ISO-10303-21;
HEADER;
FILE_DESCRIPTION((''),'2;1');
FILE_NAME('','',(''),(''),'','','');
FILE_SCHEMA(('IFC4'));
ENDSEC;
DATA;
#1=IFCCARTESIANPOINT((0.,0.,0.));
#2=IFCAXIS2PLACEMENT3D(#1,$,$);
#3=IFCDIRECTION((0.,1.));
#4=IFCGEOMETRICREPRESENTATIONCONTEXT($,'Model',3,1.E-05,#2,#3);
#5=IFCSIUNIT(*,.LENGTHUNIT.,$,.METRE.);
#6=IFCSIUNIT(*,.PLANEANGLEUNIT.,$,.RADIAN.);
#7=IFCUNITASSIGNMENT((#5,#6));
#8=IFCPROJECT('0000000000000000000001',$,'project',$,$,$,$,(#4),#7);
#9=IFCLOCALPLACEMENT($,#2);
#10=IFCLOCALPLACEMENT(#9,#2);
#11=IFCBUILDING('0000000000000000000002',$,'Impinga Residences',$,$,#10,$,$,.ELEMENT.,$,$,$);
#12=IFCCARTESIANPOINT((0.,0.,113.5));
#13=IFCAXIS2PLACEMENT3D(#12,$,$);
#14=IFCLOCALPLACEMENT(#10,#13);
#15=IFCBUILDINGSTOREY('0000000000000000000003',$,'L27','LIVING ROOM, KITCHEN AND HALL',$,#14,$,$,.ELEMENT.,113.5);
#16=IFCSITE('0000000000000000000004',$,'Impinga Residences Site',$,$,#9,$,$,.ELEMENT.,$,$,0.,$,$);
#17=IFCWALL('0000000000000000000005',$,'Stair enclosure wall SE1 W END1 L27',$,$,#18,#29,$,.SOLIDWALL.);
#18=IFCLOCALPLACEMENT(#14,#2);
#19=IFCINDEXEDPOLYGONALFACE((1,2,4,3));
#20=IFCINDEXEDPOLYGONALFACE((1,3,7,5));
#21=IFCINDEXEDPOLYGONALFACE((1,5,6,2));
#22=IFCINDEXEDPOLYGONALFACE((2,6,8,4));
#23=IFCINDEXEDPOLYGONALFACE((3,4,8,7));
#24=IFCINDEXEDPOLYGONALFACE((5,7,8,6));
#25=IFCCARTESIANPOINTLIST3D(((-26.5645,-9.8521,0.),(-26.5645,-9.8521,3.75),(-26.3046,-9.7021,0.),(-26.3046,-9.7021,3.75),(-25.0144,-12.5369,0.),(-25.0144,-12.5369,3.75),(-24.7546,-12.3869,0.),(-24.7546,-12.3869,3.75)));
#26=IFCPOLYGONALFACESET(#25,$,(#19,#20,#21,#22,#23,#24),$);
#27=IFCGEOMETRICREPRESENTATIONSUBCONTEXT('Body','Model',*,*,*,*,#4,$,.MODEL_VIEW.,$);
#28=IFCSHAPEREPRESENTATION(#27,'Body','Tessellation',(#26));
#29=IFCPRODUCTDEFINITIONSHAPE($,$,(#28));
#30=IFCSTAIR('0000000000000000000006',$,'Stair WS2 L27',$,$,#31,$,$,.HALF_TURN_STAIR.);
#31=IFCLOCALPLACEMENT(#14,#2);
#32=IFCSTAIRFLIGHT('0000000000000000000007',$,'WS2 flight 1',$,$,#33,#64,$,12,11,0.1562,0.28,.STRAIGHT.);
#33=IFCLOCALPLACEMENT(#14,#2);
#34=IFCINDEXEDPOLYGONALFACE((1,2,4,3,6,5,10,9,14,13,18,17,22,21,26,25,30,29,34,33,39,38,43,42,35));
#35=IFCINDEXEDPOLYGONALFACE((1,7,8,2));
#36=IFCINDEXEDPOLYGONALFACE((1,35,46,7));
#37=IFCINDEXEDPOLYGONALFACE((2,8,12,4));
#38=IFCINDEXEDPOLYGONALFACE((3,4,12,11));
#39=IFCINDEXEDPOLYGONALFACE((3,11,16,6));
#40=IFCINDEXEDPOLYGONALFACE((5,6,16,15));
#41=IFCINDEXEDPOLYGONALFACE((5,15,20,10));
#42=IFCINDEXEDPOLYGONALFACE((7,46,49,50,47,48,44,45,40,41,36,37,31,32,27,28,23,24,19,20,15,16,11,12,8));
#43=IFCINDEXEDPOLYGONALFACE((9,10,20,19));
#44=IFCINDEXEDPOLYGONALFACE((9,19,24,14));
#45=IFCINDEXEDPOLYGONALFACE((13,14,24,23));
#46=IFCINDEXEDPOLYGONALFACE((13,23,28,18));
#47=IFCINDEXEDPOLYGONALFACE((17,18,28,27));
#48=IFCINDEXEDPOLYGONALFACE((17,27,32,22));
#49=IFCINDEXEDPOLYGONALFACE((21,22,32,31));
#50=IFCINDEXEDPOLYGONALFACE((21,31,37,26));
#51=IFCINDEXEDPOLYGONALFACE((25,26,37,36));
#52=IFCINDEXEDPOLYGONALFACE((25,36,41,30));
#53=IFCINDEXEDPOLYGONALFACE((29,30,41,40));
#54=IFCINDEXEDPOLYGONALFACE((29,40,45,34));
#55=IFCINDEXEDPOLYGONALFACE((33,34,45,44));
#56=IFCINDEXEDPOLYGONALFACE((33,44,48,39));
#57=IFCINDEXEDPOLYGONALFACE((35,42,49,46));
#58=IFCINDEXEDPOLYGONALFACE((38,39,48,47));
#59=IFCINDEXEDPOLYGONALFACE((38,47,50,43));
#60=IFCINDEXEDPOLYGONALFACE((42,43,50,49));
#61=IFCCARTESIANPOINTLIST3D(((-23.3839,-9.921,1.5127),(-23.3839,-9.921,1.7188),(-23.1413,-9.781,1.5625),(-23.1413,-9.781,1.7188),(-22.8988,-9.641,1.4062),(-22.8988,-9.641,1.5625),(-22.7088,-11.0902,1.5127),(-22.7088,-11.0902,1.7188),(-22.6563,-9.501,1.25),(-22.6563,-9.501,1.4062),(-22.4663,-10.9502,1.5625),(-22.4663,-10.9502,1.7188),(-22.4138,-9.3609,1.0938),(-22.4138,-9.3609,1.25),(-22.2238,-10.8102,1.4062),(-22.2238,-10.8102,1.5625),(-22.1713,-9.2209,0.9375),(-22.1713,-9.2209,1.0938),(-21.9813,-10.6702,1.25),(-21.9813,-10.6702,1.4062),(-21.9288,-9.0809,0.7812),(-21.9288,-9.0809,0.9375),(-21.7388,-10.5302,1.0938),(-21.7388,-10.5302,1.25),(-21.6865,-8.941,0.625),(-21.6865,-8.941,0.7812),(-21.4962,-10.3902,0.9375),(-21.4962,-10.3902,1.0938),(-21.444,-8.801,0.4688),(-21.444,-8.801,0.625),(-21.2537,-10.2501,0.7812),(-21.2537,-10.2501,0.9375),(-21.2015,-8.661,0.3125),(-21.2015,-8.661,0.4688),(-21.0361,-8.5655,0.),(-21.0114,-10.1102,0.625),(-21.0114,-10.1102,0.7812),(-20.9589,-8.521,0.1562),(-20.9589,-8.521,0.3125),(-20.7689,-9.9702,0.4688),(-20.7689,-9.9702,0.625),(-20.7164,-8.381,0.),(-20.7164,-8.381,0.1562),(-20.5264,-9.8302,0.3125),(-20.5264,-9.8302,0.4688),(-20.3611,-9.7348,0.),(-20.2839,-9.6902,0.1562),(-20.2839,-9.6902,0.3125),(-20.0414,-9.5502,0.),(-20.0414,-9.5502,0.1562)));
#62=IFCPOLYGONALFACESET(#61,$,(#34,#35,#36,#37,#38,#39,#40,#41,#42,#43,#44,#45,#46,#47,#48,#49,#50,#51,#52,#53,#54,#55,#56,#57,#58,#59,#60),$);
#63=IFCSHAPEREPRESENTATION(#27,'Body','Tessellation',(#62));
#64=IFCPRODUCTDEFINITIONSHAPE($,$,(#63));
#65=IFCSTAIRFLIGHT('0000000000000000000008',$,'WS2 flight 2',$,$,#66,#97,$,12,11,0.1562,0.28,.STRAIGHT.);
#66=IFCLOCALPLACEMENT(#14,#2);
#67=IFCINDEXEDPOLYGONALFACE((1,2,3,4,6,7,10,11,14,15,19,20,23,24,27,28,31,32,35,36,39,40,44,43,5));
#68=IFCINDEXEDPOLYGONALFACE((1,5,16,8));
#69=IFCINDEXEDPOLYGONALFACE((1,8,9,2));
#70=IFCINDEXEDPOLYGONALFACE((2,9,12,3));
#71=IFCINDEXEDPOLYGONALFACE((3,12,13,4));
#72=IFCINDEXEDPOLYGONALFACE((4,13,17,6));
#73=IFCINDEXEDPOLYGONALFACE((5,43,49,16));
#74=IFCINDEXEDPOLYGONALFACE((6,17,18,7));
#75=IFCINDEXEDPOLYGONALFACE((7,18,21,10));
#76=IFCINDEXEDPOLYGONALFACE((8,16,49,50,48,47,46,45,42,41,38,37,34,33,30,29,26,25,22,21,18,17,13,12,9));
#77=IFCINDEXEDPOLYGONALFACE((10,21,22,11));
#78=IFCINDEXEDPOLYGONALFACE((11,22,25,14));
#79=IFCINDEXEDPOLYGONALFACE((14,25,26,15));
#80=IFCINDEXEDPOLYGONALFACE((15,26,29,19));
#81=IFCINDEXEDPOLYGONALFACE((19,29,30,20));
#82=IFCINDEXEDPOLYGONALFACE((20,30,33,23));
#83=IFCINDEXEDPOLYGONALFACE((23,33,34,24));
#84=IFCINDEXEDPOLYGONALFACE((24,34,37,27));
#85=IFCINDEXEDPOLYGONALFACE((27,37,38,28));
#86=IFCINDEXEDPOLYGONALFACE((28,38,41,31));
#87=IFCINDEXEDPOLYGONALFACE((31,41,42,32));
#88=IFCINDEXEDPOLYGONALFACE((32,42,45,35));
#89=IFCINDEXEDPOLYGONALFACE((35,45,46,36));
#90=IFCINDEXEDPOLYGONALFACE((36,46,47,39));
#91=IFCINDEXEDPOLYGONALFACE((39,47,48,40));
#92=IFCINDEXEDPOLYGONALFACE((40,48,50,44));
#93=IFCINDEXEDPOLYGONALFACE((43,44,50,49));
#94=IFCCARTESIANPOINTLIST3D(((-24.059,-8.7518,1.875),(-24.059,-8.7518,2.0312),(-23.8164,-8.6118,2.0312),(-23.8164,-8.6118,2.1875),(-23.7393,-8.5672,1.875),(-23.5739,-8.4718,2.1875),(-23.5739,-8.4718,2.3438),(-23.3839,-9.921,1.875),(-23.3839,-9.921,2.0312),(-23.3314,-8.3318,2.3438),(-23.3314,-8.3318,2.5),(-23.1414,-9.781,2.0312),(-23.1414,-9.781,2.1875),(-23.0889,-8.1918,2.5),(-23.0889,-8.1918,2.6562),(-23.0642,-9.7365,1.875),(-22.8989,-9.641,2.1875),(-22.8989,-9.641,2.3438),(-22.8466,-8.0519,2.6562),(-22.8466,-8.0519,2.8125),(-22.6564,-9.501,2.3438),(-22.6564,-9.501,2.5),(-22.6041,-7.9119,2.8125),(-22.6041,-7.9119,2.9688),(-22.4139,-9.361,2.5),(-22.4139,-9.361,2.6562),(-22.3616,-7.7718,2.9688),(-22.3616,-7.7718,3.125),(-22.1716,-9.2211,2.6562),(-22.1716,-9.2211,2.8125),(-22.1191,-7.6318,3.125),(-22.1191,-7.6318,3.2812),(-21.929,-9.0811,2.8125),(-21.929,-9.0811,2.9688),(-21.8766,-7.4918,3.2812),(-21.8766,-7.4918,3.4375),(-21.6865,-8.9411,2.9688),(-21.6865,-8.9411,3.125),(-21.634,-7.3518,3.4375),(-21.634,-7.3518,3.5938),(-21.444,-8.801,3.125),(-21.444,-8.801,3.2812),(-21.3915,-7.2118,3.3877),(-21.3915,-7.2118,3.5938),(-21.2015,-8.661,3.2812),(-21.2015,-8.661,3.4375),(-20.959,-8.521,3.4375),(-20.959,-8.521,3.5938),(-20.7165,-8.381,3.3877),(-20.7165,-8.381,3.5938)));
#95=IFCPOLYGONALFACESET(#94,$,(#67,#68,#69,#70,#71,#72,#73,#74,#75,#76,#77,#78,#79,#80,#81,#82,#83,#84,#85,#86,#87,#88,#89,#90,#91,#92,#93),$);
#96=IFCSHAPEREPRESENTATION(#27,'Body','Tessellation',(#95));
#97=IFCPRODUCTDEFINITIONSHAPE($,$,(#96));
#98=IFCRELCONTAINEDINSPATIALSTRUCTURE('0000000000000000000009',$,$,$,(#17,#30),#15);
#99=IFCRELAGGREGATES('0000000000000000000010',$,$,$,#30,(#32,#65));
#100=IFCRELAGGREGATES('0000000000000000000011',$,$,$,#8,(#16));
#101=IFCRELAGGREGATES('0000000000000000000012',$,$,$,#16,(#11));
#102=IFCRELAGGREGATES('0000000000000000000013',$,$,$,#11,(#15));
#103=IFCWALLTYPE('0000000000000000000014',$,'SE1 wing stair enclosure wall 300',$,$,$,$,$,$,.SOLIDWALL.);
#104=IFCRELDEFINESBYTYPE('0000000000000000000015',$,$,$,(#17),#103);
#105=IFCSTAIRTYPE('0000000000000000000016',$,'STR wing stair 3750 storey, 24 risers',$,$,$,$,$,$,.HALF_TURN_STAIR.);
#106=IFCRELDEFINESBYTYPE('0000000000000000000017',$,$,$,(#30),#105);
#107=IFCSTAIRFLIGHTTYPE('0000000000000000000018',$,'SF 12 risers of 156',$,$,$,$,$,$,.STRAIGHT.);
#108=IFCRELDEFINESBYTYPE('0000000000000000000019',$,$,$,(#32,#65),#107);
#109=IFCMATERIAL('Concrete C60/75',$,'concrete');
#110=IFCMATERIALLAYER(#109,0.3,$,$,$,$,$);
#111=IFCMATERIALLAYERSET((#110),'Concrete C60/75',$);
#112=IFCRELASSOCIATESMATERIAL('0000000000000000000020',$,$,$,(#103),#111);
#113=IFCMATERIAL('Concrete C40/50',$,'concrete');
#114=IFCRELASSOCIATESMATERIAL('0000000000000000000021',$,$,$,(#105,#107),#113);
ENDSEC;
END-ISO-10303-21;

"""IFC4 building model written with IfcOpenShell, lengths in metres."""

from ifc_helpers import new_model, si_unit, direction, frame, frame_2d, origin, place, context, subcontext, project, spatial, polyline, rectangle, outline, extrude, material, layer, layer_set, type_object, element, aggregate, save


model = new_model("IFC4")

# Units and contexts
model_context = context("Model", 3, precision=1e-05, world=origin(), true_north=direction((0.0, 1.0)))
body_context = subcontext(model_context, "Body", "Model", "MODEL_VIEW")
ifc_project = project(units=[si_unit("LENGTHUNIT", "METRE"), si_unit("PLANEANGLEUNIT", "RADIAN")], contexts=[model_context])

# Site, building, storey
site_placement = place(None, origin())
site = spatial("IfcSite", under=ifc_project, at=site_placement, Name="Impinga Residences Site", CompositionType="ELEMENT", RefElevation=0.0)
building_placement = place(site_placement, origin())
building = spatial("IfcBuilding", under=site, at=building_placement, Name="Impinga Residences", CompositionType="ELEMENT")
storey_placement = place(building_placement, frame((0.0, 0.0, 113.5)))
storey = spatial("IfcBuildingStorey", under=building, at=storey_placement, Name="L27", Description="LIVING ROOM, KITCHEN AND HALL", CompositionType="ELEMENT", Elevation=113.5)

# Shared definitions
ifc_material_1 = material(Name="Concrete C60/75", Category="concrete")

# Wall
ifc_layer_1 = layer(ifc_material_1, 0.3)
ifc_layer_set_1 = layer_set([ifc_layer_1], Name="Concrete C60/75")
wall_type_1 = type_object("IfcWallType", Name="SE1 wing stair enclosure wall 300", PredefinedType="SOLIDWALL", material=ifc_layer_set_1)
wall_1_placement = place(storey_placement, frame((-24.8845, -12.4619, 0.0), z_axis=(0.0, 0.0, 1.0), x_axis=(-0.499993, 0.86603, 0.0)))
element("IfcWall", 1, at=wall_1_placement, inside=storey, type_object=wall_type_1, Name="Stair enclosure wall SE1 W END1 L27", PredefinedType="SOLIDWALL", context=body_context, shape_type="SweptSolid", body=[
    extrude(rectangle(XDim=3.1001, YDim=0.3, at=frame_2d((1.55, 0.0))), origin(), (0.0, 0.0, 1.0), 3.75),
])

# Stair, stair flights
ifc_material_2 = material(Name="Concrete C40/50", Category="concrete")
stair_type = type_object("IfcStairType", Name="STR wing stair 3750 storey, 24 risers", PredefinedType="HALF_TURN_STAIR", material=ifc_material_2)
stair_placement = place(storey_placement, origin())
stair = element("IfcStair", 2, at=stair_placement, inside=storey, type_object=stair_type, Name="Stair WS2 L27", PredefinedType="HALF_TURN_STAIR")
stair_flight_type = type_object("IfcStairFlightType", Name="SF 12 risers of 156", PredefinedType="STRAIGHT", material=ifc_material_2)
stair_flight_1_placement = place(storey_placement, frame((-20.3789, -8.9656, 0.0), z_axis=(0.0, 0.0, 1.0), x_axis=(-0.866025, -0.5, 0.0)))
stair_flight_1 = element("IfcStairFlight", 3, at=stair_flight_1_placement, type_object=stair_flight_type, Name="WS2 flight 1", NumberOfRisers=12, NumberOfTreads=11, PredefinedType="STRAIGHT", RiserHeight=0.1562, TreadLength=0.28, context=body_context, shape_type="SweptSolid", body=[
    extrude(outline(polyline([(0.0, 0.0), (0.0, 0.1562), (0.28, 0.1562), (0.28, 0.3125), (0.5601, 0.3125), (0.5601, 0.4688), (0.8401, 0.4688), (0.8401, 0.625), (1.1201, 0.625), (1.1201, 0.7812), (1.3999, 0.7812), (1.3999, 0.9375), (1.6799, 0.9375), (1.6799, 1.0938), (1.96, 1.0938), (1.96, 1.25), (2.24, 1.25), (2.24, 1.4062), (2.52, 1.4062), (2.52, 1.5625), (2.8, 1.5625), (2.8, 1.7188), (3.0801, 1.7188), (3.0801, 1.875), (3.0801, 1.5127), (0.3691, 0.0), (0.0, 0.0)])), frame((0.0, 0.675, 0.0), z_axis=(0.0, -1.0, 0.0), x_axis=(1.0, 0.0, 0.0)), (0.0, 0.0, 1.0), 1.3501),
])
stair_flight_2_placement = place(storey_placement, frame((-23.7214, -9.3364, 1.875), z_axis=(0.0, 0.0, 1.0), x_axis=(0.866025, 0.5, 0.0)))
stair_flight_2 = element("IfcStairFlight", 4, at=stair_flight_2_placement, type_object=stair_flight_type, Name="WS2 flight 2", NumberOfRisers=12, NumberOfTreads=11, PredefinedType="STRAIGHT", RiserHeight=0.1562, TreadLength=0.28, context=body_context, shape_type="SweptSolid", body=[
    extrude(outline(polyline([(0.0, 0.0), (0.0, 0.1562), (0.28, 0.1562), (0.28, 0.3125), (0.5601, 0.3125), (0.5601, 0.4688), (0.8401, 0.4688), (0.8401, 0.625), (1.1201, 0.625), (1.1201, 0.7812), (1.3999, 0.7812), (1.3999, 0.9375), (1.6799, 0.9375), (1.6799, 1.0938), (1.96, 1.0938), (1.96, 1.25), (2.24, 1.25), (2.24, 1.4062), (2.52, 1.4062), (2.52, 1.5625), (2.8, 1.5625), (2.8, 1.7188), (3.0801, 1.7188), (3.0801, 1.875), (3.0801, 1.5127), (0.3691, 0.0), (0.0, 0.0)])), frame((0.0, 0.675, 0.0), z_axis=(0.0, -1.0, 0.0), x_axis=(1.0, 0.0, 0.0)), (0.0, 0.0, 1.0), 1.3501),
])
aggregate(stair, [stair_flight_1, stair_flight_2])

save(model, "model.ifc")
